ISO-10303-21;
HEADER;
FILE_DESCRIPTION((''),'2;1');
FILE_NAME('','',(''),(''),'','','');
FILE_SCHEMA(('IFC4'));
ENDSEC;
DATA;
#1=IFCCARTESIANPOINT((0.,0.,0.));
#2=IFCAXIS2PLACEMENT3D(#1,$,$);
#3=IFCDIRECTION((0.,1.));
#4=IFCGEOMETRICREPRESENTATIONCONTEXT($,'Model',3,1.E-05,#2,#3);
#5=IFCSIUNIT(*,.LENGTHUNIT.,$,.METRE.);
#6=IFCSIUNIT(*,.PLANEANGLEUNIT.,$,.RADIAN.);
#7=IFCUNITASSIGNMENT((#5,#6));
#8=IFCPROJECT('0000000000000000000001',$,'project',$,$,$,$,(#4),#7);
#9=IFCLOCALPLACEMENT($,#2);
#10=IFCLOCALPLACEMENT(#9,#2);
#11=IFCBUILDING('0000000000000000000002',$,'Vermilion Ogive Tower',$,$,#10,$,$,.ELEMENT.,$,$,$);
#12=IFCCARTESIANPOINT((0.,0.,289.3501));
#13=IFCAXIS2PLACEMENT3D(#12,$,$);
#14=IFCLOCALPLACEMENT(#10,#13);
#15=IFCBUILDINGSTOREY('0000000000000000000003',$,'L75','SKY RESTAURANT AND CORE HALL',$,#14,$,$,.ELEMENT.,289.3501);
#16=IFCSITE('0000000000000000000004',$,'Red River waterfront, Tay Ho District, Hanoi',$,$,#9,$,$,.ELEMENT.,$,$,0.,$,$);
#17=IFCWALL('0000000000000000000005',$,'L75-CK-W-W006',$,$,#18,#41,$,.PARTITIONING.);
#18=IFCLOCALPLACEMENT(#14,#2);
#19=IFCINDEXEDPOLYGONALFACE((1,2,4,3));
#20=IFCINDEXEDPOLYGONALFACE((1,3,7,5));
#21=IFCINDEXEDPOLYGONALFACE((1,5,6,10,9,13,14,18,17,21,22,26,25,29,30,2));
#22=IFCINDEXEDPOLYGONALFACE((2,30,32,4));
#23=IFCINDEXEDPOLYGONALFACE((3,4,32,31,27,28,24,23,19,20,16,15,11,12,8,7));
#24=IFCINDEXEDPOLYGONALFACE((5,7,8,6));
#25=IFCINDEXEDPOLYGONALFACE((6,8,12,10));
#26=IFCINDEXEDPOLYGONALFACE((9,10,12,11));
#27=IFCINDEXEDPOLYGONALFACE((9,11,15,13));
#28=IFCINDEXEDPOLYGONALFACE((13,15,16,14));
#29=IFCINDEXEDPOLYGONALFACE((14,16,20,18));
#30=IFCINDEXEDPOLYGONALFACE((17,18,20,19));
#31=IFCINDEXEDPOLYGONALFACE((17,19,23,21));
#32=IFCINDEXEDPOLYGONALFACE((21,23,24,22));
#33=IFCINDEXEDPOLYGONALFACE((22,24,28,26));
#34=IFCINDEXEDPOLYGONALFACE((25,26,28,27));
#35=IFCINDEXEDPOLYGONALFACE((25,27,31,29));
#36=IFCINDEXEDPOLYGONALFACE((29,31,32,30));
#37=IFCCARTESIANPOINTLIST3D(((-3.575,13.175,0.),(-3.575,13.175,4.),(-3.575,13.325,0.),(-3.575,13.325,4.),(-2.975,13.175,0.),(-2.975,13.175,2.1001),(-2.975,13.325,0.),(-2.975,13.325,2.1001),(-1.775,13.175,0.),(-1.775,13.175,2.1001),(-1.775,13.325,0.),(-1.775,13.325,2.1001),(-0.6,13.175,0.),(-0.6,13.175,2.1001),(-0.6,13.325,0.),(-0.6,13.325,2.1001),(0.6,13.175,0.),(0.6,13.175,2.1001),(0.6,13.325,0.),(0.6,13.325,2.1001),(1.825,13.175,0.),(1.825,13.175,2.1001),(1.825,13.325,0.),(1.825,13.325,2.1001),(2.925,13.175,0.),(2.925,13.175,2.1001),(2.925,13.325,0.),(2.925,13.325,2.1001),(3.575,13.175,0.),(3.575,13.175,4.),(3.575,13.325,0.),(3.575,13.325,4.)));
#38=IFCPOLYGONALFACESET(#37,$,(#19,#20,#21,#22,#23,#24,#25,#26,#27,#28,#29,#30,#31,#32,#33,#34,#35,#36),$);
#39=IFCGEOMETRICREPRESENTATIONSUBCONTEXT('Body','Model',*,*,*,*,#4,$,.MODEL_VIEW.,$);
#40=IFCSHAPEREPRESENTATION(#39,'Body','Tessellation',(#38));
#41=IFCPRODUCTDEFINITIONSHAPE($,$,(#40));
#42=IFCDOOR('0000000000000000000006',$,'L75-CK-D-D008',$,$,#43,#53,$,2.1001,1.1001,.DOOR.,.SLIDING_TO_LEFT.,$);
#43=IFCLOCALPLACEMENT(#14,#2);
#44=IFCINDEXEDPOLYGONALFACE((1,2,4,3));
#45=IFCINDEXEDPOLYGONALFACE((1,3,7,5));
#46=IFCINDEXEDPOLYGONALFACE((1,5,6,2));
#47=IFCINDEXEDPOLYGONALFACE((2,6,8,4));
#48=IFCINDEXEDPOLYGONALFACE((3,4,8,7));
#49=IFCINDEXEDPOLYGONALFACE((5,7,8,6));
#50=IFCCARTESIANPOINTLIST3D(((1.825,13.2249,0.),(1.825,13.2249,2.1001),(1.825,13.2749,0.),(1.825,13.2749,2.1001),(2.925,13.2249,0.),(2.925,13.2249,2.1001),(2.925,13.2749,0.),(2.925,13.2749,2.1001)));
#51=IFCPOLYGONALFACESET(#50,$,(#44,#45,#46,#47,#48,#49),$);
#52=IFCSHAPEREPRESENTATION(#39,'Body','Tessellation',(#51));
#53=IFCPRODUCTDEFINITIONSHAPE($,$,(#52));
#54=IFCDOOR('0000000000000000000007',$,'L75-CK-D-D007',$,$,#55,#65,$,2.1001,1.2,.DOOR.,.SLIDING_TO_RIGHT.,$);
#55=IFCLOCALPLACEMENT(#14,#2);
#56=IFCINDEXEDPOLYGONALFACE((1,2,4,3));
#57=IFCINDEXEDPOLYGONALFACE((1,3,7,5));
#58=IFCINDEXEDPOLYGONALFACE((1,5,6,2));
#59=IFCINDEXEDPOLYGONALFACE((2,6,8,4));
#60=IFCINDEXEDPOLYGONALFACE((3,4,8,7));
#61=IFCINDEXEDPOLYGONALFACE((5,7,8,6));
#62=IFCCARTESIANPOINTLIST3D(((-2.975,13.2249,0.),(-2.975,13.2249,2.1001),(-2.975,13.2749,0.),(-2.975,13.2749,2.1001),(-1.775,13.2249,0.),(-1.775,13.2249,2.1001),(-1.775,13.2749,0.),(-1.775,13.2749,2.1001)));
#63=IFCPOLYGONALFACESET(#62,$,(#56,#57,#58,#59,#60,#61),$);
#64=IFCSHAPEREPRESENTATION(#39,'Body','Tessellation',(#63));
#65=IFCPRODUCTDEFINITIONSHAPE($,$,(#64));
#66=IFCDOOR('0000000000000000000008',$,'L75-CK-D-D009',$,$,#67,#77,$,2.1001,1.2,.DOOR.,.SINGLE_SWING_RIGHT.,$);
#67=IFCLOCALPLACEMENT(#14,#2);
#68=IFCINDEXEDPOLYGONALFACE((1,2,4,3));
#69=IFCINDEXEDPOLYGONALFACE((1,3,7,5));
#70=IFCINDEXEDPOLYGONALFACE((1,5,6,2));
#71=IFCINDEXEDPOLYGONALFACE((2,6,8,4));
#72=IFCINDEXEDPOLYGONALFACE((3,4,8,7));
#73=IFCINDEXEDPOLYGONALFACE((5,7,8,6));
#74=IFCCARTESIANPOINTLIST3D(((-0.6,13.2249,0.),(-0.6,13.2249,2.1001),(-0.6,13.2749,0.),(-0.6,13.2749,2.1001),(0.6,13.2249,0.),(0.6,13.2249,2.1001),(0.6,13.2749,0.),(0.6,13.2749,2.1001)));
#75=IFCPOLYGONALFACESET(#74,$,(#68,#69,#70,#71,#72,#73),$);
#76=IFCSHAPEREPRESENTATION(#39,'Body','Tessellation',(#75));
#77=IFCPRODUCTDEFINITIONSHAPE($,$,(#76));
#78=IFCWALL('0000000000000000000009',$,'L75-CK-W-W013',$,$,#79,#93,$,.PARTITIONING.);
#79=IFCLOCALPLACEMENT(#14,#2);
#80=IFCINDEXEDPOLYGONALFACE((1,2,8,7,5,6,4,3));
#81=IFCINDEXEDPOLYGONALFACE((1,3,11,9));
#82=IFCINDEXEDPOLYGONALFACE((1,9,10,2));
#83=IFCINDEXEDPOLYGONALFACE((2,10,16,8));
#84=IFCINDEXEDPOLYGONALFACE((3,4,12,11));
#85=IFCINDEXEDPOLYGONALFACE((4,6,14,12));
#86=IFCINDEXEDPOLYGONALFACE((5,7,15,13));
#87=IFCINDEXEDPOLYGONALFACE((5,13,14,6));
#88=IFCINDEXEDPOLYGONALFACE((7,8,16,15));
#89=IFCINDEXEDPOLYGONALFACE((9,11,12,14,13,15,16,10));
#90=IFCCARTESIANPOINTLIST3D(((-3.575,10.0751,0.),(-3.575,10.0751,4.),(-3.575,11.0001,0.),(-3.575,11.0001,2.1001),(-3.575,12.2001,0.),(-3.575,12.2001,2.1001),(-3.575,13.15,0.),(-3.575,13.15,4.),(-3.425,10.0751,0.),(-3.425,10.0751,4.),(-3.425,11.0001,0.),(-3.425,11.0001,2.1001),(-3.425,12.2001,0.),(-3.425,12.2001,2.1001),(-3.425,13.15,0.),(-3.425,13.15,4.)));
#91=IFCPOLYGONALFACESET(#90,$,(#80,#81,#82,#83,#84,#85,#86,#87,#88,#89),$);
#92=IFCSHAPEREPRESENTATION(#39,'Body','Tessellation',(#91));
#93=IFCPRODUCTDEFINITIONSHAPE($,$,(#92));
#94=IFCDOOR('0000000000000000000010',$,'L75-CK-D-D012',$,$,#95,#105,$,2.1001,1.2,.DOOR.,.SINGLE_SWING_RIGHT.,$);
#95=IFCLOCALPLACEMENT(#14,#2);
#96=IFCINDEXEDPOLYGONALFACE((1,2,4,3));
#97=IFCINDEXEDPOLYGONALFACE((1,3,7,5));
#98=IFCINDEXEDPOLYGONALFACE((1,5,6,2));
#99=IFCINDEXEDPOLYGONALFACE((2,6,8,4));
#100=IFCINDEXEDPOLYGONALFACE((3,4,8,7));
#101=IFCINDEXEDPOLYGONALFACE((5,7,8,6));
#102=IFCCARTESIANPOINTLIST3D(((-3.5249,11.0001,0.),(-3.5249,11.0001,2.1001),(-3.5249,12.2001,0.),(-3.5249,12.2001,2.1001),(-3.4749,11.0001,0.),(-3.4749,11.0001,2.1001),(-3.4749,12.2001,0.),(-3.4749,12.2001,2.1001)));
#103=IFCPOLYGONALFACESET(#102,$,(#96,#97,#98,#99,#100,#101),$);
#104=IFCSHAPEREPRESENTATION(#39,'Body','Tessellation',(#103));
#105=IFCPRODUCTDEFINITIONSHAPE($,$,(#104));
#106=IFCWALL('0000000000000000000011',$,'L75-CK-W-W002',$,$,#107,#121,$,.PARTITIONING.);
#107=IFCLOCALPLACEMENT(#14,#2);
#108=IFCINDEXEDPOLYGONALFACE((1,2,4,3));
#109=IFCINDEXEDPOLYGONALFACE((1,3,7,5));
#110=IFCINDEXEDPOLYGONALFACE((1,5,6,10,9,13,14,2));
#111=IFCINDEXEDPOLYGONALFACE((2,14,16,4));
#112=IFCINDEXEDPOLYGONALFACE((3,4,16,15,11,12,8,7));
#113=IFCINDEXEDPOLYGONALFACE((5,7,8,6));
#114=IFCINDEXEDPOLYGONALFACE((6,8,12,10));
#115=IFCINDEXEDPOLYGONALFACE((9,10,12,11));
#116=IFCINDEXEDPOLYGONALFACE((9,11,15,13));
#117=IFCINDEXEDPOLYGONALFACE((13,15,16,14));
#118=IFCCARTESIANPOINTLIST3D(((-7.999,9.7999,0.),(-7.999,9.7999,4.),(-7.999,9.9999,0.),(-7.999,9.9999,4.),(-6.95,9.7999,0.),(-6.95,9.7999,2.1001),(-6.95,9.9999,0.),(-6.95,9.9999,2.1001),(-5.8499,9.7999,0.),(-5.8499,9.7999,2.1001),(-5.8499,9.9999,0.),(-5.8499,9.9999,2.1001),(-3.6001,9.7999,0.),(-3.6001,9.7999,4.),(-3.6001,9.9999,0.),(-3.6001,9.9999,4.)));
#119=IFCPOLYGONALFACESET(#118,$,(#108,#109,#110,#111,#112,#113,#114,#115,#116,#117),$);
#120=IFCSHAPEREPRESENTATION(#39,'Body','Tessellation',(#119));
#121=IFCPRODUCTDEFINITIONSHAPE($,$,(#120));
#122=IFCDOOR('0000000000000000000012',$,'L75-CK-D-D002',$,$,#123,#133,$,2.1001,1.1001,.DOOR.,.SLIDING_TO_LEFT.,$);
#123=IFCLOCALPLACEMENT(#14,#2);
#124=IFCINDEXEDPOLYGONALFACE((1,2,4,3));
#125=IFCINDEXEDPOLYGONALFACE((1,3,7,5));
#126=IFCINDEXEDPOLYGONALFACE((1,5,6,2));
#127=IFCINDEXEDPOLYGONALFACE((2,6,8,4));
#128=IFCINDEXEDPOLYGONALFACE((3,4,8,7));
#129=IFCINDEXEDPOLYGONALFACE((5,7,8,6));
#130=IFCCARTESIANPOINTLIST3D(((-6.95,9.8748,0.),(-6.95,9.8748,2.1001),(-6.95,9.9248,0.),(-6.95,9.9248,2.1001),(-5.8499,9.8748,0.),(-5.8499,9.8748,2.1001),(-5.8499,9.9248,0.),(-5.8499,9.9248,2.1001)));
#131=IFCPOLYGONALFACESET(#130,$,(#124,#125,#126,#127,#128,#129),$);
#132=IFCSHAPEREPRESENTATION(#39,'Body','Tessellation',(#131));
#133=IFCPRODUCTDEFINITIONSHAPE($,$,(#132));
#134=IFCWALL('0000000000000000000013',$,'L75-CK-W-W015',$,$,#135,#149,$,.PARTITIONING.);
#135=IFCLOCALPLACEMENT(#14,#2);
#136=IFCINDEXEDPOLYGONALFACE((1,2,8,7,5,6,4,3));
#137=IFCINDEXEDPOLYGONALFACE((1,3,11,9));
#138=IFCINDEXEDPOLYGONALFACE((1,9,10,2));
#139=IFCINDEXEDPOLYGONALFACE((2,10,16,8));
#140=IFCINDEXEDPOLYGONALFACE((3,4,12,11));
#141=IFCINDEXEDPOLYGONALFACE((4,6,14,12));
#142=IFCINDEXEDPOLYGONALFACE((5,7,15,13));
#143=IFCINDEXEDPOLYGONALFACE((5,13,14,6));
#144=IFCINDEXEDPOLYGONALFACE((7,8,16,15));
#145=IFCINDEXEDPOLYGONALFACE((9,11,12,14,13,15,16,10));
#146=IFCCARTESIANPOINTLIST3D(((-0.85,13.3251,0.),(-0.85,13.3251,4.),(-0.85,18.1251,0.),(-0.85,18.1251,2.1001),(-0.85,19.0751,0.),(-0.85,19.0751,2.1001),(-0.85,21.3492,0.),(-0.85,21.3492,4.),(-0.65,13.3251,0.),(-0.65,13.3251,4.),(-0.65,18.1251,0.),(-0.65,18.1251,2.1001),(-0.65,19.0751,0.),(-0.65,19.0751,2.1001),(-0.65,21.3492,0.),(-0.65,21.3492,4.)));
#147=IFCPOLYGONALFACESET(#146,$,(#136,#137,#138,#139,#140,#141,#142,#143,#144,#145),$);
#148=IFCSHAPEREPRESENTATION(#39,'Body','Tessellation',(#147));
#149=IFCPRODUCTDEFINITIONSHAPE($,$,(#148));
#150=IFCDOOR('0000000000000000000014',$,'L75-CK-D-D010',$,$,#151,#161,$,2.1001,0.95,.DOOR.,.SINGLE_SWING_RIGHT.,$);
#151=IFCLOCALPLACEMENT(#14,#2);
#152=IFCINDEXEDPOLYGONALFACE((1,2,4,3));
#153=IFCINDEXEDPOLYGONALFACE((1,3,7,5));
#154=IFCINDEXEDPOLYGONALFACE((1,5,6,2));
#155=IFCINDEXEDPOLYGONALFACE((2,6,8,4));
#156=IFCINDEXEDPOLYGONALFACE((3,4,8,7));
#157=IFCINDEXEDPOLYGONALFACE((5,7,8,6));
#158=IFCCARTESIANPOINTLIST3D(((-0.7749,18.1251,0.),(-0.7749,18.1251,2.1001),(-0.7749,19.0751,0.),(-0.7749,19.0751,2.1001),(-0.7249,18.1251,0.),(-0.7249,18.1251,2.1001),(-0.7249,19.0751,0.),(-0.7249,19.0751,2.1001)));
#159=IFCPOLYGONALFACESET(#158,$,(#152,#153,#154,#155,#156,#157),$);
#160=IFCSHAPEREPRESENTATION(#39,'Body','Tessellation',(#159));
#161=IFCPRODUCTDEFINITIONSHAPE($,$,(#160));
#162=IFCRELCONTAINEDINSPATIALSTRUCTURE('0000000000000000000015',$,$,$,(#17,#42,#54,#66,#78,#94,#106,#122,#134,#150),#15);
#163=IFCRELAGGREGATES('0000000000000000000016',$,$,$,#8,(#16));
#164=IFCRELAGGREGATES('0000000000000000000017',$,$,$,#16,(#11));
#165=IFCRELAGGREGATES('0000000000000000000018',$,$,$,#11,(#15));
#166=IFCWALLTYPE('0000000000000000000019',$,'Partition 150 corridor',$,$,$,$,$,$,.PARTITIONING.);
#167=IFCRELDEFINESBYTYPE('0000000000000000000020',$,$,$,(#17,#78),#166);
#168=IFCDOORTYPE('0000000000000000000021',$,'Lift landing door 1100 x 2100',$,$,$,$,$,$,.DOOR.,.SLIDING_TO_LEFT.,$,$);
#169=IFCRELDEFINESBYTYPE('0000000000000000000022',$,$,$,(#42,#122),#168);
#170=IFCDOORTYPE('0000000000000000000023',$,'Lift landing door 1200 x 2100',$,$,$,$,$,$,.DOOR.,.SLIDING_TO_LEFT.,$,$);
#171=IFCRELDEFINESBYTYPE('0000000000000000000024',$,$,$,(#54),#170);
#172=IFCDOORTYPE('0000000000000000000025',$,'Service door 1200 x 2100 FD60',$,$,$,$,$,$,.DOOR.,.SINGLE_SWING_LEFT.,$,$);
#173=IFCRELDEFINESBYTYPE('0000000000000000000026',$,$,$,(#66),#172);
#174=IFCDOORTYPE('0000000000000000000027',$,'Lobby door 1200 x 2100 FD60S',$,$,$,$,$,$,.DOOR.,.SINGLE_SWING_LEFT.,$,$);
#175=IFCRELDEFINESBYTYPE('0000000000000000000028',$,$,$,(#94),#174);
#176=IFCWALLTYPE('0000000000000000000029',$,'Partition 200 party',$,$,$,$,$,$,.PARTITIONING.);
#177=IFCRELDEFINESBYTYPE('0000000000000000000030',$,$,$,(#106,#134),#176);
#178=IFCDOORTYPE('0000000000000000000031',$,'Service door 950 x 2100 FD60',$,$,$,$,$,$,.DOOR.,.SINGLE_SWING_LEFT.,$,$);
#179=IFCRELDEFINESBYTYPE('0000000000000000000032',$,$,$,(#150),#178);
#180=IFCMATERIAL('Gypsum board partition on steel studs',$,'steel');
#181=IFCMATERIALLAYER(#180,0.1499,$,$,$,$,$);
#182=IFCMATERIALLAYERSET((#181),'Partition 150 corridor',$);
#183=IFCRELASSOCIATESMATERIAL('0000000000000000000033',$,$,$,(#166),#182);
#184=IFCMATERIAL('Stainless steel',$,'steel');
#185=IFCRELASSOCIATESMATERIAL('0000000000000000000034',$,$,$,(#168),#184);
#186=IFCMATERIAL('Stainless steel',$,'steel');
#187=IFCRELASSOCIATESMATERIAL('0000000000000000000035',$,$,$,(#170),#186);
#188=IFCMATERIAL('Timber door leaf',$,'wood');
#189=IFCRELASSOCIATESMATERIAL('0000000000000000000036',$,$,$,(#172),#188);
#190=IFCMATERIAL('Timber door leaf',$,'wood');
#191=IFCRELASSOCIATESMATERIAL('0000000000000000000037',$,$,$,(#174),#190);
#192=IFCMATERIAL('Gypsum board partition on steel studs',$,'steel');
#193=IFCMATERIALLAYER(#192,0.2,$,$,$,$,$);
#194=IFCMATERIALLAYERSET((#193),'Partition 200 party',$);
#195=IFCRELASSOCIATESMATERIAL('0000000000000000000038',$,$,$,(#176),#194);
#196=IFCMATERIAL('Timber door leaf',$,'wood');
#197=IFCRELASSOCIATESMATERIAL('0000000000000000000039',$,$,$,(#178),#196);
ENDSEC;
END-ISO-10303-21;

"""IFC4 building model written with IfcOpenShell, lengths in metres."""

from ifc_helpers import new_model, si_unit, direction, frame, frame_2d, origin, place, context, subcontext, project, spatial, rectangle, extrude, material, layer, layer_set, type_object, element, fill, save


model = new_model("IFC4")

# Units and contexts
model_context = context("Model", 3, precision=1e-05, world=origin(), true_north=direction((0.0, 1.0)))
body_context = subcontext(model_context, "Body", "Model", "MODEL_VIEW")
ifc_project = project(units=[si_unit("LENGTHUNIT", "METRE"), si_unit("PLANEANGLEUNIT", "RADIAN")], contexts=[model_context])

# Site, building, storey
site_placement = place(None, origin())
site = spatial("IfcSite", under=ifc_project, at=site_placement, Name="Red River waterfront, Tay Ho District, Hanoi", CompositionType="ELEMENT", RefElevation=0.0)
building_placement = place(site_placement, origin())
building = spatial("IfcBuilding", under=site, at=building_placement, Name="Vermilion Ogive Tower", CompositionType="ELEMENT")
storey_placement = place(building_placement, frame((0.0, 0.0, 289.3501)))
storey = spatial("IfcBuildingStorey", under=building, at=storey_placement, Name="L75", Description="SKY RESTAURANT AND CORE HALL", CompositionType="ELEMENT", Elevation=289.3501)

# Shared definitions
ifc_material_1 = material(Name="Gypsum board partition on steel studs", Category="steel")
ifc_layer_1 = layer(ifc_material_1, 0.1499)
ifc_layer_set_1 = layer_set([ifc_layer_1], Name="Partition 150 corridor")
wall_type_1 = type_object("IfcWallType", Name="Partition 150 corridor", PredefinedType="PARTITIONING", material=ifc_layer_set_1)

# Wall, openings, doors
wall_1_placement = place(storey_placement, frame((-3.575, 13.25, 0.0), z_axis=(0.0, 0.0, 1.0), x_axis=(1.0, 0.0, 0.0)))
wall_1 = element("IfcWall", 1, at=wall_1_placement, inside=storey, type_object=wall_type_1, Name="L75-CK-W-W006", PredefinedType="PARTITIONING", context=body_context, shape_type="SweptSolid", body=[
    extrude(rectangle(XDim=7.1499, YDim=0.1499, at=frame_2d((3.575, 0.0))), origin(), (0.0, 0.0, 1.0), 4.0),
])
opening_1_placement = place(wall_1_placement, frame((0.5999, 0.0, 0.0)))
opening_1 = element("IfcOpeningElement", 2, at=opening_1_placement, cuts=wall_1, PredefinedType="OPENING", context=body_context, shape_type="SweptSolid", body=[
    extrude(rectangle(XDim=1.2, YDim=2.1001, at=frame_2d((0.6001, 1.05))), frame((0.0, 0.085, 0.0), z_axis=(0.0, -1.0, 0.0), x_axis=(1.0, 0.0, 0.0)), (0.0, 0.0, 1.0), 0.1699),
])
opening_2_placement = place(wall_1_placement, frame((5.3999, 0.0, 0.0)))
opening_2 = element("IfcOpeningElement", 3, at=opening_2_placement, cuts=wall_1, PredefinedType="OPENING", context=body_context, shape_type="SweptSolid", body=[
    extrude(rectangle(XDim=1.1001, YDim=2.1001, at=frame_2d((0.55, 1.05))), frame((0.0, 0.085, 0.0), z_axis=(0.0, -1.0, 0.0), x_axis=(1.0, 0.0, 0.0)), (0.0, 0.0, 1.0), 0.1699),
])
opening_3_placement = place(wall_1_placement, frame((2.9749, 0.0, 0.0)))
opening_3 = element("IfcOpeningElement", 4, at=opening_3_placement, cuts=wall_1, PredefinedType="OPENING", context=body_context, shape_type="SweptSolid", body=[
    extrude(rectangle(XDim=1.2, YDim=2.1001, at=frame_2d((0.6001, 1.05))), frame((0.0, 0.085, 0.0), z_axis=(0.0, -1.0, 0.0), x_axis=(1.0, 0.0, 0.0)), (0.0, 0.0, 1.0), 0.1699),
])
ifc_material_2 = material(Name="Stainless steel", Category="steel")
door_type_1 = type_object("IfcDoorType", Name="Lift landing door 1100 x 2100", OperationType="SLIDING_TO_LEFT", PredefinedType="DOOR", material=ifc_material_2)
door_1_placement = place(opening_2_placement, origin())
door_1 = element("IfcDoor", 5, at=door_1_placement, inside=storey, type_object=door_type_1, Name="L75-CK-D-D008", OperationType="SLIDING_TO_LEFT", OverallHeight=2.1001, OverallWidth=1.1001, PredefinedType="DOOR", context=body_context, shape_type="SweptSolid", body=[
    extrude(rectangle(XDim=1.1001, YDim=2.1001, at=frame_2d((0.55, 1.05))), frame((0.0, 0.0249, 0.0), z_axis=(0.0, -1.0, 0.0), x_axis=(1.0, 0.0, 0.0)), (0.0, 0.0, 1.0), 0.05),
])
fill(opening_2, door_1)
ifc_material_3 = material(Name="Stainless steel", Category="steel")
door_type_2 = type_object("IfcDoorType", Name="Lift landing door 1200 x 2100", OperationType="SLIDING_TO_LEFT", PredefinedType="DOOR", material=ifc_material_3)
door_2_placement = place(opening_1_placement, origin())
door_2 = element("IfcDoor", 6, at=door_2_placement, inside=storey, type_object=door_type_2, Name="L75-CK-D-D007", OperationType="SLIDING_TO_RIGHT", OverallHeight=2.1001, OverallWidth=1.2, PredefinedType="DOOR", context=body_context, shape_type="SweptSolid", body=[
    extrude(rectangle(XDim=1.2, YDim=2.1001, at=frame_2d((0.6001, 1.05))), frame((0.0, 0.0249, 0.0), z_axis=(0.0, -1.0, 0.0), x_axis=(1.0, 0.0, 0.0)), (0.0, 0.0, 1.0), 0.05),
])
fill(opening_1, door_2)
ifc_material_4 = material(Name="Timber door leaf", Category="wood")
door_type_3 = type_object("IfcDoorType", Name="Service door 1200 x 2100 FD60", OperationType="SINGLE_SWING_LEFT", PredefinedType="DOOR", material=ifc_material_4)
door_3_placement = place(opening_3_placement, origin())
door_3 = element("IfcDoor", 7, at=door_3_placement, inside=storey, type_object=door_type_3, Name="L75-CK-D-D009", OperationType="SINGLE_SWING_RIGHT", OverallHeight=2.1001, OverallWidth=1.2, PredefinedType="DOOR", context=body_context, shape_type="SweptSolid", body=[
    extrude(rectangle(XDim=1.2, YDim=2.1001, at=frame_2d((0.6001, 1.05))), frame((0.0, 0.0249, 0.0), z_axis=(0.0, -1.0, 0.0), x_axis=(1.0, 0.0, 0.0)), (0.0, 0.0, 1.0), 0.05),
])
fill(opening_3, door_3)

# Walls, openings, doors
wall_2_placement = place(storey_placement, frame((-3.5, 10.075, 0.0), z_axis=(0.0, 0.0, 1.0), x_axis=(0.0, 1.0, 0.0)))
wall_2 = element("IfcWall", 8, at=wall_2_placement, inside=storey, type_object=wall_type_1, Name="L75-CK-W-W013", PredefinedType="PARTITIONING", context=body_context, shape_type="SweptSolid", body=[
    extrude(rectangle(XDim=3.075, YDim=0.1499, at=frame_2d((1.5376, 0.0))), origin(), (0.0, 0.0, 1.0), 4.0),
])
opening_4_placement = place(wall_2_placement, frame((0.925, 0.0, 0.0)))
opening_4 = element("IfcOpeningElement", 9, at=opening_4_placement, cuts=wall_2, PredefinedType="OPENING", context=body_context, shape_type="SweptSolid", body=[
    extrude(rectangle(XDim=1.2, YDim=2.1001, at=frame_2d((0.6001, 1.05))), frame((0.0, 0.085, 0.0), z_axis=(0.0, -1.0, 0.0), x_axis=(1.0, 0.0, 0.0)), (0.0, 0.0, 1.0), 0.1699),
])
ifc_material_5 = material(Name="Timber door leaf", Category="wood")
door_type_4 = type_object("IfcDoorType", Name="Lobby door 1200 x 2100 FD60S", OperationType="SINGLE_SWING_LEFT", PredefinedType="DOOR", material=ifc_material_5)
door_4_placement = place(opening_4_placement, origin())
door_4 = element("IfcDoor", 10, at=door_4_placement, inside=storey, type_object=door_type_4, Name="L75-CK-D-D012", OperationType="SINGLE_SWING_RIGHT", OverallHeight=2.1001, OverallWidth=1.2, PredefinedType="DOOR", context=body_context, shape_type="SweptSolid", body=[
    extrude(rectangle(XDim=1.2, YDim=2.1001, at=frame_2d((0.6001, 1.05))), frame((0.0, 0.0249, 0.0), z_axis=(0.0, -1.0, 0.0), x_axis=(1.0, 0.0, 0.0)), (0.0, 0.0, 1.0), 0.05),
])
fill(opening_4, door_4)
ifc_material_6 = material(Name="Gypsum board partition on steel studs", Category="steel")
ifc_layer_2 = layer(ifc_material_6, 0.2)
ifc_layer_set_2 = layer_set([ifc_layer_2], Name="Partition 200 party")
wall_type_2 = type_object("IfcWallType", Name="Partition 200 party", PredefinedType="PARTITIONING", material=ifc_layer_set_2)
wall_3_placement = place(storey_placement, frame((-7.999, 9.8999, 0.0), z_axis=(0.0, 0.0, 1.0), x_axis=(1.0, 0.0, 0.0)))
wall_3 = element("IfcWall", 11, at=wall_3_placement, inside=storey, type_object=wall_type_2, Name="L75-CK-W-W002", PredefinedType="PARTITIONING", context=body_context, shape_type="SweptSolid", body=[
    extrude(rectangle(XDim=4.3989, YDim=0.2, at=frame_2d((2.1995, 0.0))), origin(), (0.0, 0.0, 1.0), 4.0),
])
opening_5_placement = place(wall_3_placement, frame((1.0491, 0.0, 0.0)))
opening_5 = element("IfcOpeningElement", 12, at=opening_5_placement, cuts=wall_3, PredefinedType="OPENING", context=body_context, shape_type="SweptSolid", body=[
    extrude(rectangle(XDim=1.1001, YDim=2.1001, at=frame_2d((0.55, 1.05))), frame((0.0, 0.1099, 0.0), z_axis=(0.0, -1.0, 0.0), x_axis=(1.0, 0.0, 0.0)), (0.0, 0.0, 1.0), 0.22),
])
door_5_placement = place(opening_5_placement, origin())
door_5 = element("IfcDoor", 13, at=door_5_placement, inside=storey, type_object=door_type_1, Name="L75-CK-D-D002", OperationType="SLIDING_TO_LEFT", OverallHeight=2.1001, OverallWidth=1.1001, PredefinedType="DOOR", context=body_context, shape_type="SweptSolid", body=[
    extrude(rectangle(XDim=1.1001, YDim=2.1001, at=frame_2d((0.55, 1.05))), frame((0.0, 0.0249, 0.0), z_axis=(0.0, -1.0, 0.0), x_axis=(1.0, 0.0, 0.0)), (0.0, 0.0, 1.0), 0.05),
])
fill(opening_5, door_5)
wall_4_placement = place(storey_placement, frame((-0.75, 13.325, 0.0), z_axis=(0.0, 0.0, 1.0), x_axis=(0.0, 1.0, 0.0)))
wall_4 = element("IfcWall", 14, at=wall_4_placement, inside=storey, type_object=wall_type_2, Name="L75-CK-W-W015", PredefinedType="PARTITIONING", context=body_context, shape_type="SweptSolid", body=[
    extrude(rectangle(XDim=8.0242, YDim=0.2, at=frame_2d((4.0122, 0.0))), origin(), (0.0, 0.0, 1.0), 4.0),
])
opening_6_placement = place(wall_4_placement, frame((4.8, 0.0, 0.0)))
opening_6 = element("IfcOpeningElement", 15, at=opening_6_placement, cuts=wall_4, PredefinedType="OPENING", context=body_context, shape_type="SweptSolid", body=[
    extrude(rectangle(XDim=0.95, YDim=2.1001, at=frame_2d((0.4751, 1.05))), frame((0.0, 0.1099, 0.0), z_axis=(0.0, -1.0, 0.0), x_axis=(1.0, 0.0, 0.0)), (0.0, 0.0, 1.0), 0.22),
])
ifc_material_7 = material(Name="Timber door leaf", Category="wood")
door_type_5 = type_object("IfcDoorType", Name="Service door 950 x 2100 FD60", OperationType="SINGLE_SWING_LEFT", PredefinedType="DOOR", material=ifc_material_7)
door_6_placement = place(opening_6_placement, origin())
door_6 = element("IfcDoor", 16, at=door_6_placement, inside=storey, type_object=door_type_5, Name="L75-CK-D-D010", OperationType="SINGLE_SWING_RIGHT", OverallHeight=2.1001, OverallWidth=0.95, PredefinedType="DOOR", context=body_context, shape_type="SweptSolid", body=[
    extrude(rectangle(XDim=0.95, YDim=2.1001, at=frame_2d((0.4751, 1.05))), frame((0.0, 0.0249, 0.0), z_axis=(0.0, -1.0, 0.0), x_axis=(1.0, 0.0, 0.0)), (0.0, 0.0, 1.0), 0.05),
])
fill(opening_6, door_6)

save(model, "model.ifc")
